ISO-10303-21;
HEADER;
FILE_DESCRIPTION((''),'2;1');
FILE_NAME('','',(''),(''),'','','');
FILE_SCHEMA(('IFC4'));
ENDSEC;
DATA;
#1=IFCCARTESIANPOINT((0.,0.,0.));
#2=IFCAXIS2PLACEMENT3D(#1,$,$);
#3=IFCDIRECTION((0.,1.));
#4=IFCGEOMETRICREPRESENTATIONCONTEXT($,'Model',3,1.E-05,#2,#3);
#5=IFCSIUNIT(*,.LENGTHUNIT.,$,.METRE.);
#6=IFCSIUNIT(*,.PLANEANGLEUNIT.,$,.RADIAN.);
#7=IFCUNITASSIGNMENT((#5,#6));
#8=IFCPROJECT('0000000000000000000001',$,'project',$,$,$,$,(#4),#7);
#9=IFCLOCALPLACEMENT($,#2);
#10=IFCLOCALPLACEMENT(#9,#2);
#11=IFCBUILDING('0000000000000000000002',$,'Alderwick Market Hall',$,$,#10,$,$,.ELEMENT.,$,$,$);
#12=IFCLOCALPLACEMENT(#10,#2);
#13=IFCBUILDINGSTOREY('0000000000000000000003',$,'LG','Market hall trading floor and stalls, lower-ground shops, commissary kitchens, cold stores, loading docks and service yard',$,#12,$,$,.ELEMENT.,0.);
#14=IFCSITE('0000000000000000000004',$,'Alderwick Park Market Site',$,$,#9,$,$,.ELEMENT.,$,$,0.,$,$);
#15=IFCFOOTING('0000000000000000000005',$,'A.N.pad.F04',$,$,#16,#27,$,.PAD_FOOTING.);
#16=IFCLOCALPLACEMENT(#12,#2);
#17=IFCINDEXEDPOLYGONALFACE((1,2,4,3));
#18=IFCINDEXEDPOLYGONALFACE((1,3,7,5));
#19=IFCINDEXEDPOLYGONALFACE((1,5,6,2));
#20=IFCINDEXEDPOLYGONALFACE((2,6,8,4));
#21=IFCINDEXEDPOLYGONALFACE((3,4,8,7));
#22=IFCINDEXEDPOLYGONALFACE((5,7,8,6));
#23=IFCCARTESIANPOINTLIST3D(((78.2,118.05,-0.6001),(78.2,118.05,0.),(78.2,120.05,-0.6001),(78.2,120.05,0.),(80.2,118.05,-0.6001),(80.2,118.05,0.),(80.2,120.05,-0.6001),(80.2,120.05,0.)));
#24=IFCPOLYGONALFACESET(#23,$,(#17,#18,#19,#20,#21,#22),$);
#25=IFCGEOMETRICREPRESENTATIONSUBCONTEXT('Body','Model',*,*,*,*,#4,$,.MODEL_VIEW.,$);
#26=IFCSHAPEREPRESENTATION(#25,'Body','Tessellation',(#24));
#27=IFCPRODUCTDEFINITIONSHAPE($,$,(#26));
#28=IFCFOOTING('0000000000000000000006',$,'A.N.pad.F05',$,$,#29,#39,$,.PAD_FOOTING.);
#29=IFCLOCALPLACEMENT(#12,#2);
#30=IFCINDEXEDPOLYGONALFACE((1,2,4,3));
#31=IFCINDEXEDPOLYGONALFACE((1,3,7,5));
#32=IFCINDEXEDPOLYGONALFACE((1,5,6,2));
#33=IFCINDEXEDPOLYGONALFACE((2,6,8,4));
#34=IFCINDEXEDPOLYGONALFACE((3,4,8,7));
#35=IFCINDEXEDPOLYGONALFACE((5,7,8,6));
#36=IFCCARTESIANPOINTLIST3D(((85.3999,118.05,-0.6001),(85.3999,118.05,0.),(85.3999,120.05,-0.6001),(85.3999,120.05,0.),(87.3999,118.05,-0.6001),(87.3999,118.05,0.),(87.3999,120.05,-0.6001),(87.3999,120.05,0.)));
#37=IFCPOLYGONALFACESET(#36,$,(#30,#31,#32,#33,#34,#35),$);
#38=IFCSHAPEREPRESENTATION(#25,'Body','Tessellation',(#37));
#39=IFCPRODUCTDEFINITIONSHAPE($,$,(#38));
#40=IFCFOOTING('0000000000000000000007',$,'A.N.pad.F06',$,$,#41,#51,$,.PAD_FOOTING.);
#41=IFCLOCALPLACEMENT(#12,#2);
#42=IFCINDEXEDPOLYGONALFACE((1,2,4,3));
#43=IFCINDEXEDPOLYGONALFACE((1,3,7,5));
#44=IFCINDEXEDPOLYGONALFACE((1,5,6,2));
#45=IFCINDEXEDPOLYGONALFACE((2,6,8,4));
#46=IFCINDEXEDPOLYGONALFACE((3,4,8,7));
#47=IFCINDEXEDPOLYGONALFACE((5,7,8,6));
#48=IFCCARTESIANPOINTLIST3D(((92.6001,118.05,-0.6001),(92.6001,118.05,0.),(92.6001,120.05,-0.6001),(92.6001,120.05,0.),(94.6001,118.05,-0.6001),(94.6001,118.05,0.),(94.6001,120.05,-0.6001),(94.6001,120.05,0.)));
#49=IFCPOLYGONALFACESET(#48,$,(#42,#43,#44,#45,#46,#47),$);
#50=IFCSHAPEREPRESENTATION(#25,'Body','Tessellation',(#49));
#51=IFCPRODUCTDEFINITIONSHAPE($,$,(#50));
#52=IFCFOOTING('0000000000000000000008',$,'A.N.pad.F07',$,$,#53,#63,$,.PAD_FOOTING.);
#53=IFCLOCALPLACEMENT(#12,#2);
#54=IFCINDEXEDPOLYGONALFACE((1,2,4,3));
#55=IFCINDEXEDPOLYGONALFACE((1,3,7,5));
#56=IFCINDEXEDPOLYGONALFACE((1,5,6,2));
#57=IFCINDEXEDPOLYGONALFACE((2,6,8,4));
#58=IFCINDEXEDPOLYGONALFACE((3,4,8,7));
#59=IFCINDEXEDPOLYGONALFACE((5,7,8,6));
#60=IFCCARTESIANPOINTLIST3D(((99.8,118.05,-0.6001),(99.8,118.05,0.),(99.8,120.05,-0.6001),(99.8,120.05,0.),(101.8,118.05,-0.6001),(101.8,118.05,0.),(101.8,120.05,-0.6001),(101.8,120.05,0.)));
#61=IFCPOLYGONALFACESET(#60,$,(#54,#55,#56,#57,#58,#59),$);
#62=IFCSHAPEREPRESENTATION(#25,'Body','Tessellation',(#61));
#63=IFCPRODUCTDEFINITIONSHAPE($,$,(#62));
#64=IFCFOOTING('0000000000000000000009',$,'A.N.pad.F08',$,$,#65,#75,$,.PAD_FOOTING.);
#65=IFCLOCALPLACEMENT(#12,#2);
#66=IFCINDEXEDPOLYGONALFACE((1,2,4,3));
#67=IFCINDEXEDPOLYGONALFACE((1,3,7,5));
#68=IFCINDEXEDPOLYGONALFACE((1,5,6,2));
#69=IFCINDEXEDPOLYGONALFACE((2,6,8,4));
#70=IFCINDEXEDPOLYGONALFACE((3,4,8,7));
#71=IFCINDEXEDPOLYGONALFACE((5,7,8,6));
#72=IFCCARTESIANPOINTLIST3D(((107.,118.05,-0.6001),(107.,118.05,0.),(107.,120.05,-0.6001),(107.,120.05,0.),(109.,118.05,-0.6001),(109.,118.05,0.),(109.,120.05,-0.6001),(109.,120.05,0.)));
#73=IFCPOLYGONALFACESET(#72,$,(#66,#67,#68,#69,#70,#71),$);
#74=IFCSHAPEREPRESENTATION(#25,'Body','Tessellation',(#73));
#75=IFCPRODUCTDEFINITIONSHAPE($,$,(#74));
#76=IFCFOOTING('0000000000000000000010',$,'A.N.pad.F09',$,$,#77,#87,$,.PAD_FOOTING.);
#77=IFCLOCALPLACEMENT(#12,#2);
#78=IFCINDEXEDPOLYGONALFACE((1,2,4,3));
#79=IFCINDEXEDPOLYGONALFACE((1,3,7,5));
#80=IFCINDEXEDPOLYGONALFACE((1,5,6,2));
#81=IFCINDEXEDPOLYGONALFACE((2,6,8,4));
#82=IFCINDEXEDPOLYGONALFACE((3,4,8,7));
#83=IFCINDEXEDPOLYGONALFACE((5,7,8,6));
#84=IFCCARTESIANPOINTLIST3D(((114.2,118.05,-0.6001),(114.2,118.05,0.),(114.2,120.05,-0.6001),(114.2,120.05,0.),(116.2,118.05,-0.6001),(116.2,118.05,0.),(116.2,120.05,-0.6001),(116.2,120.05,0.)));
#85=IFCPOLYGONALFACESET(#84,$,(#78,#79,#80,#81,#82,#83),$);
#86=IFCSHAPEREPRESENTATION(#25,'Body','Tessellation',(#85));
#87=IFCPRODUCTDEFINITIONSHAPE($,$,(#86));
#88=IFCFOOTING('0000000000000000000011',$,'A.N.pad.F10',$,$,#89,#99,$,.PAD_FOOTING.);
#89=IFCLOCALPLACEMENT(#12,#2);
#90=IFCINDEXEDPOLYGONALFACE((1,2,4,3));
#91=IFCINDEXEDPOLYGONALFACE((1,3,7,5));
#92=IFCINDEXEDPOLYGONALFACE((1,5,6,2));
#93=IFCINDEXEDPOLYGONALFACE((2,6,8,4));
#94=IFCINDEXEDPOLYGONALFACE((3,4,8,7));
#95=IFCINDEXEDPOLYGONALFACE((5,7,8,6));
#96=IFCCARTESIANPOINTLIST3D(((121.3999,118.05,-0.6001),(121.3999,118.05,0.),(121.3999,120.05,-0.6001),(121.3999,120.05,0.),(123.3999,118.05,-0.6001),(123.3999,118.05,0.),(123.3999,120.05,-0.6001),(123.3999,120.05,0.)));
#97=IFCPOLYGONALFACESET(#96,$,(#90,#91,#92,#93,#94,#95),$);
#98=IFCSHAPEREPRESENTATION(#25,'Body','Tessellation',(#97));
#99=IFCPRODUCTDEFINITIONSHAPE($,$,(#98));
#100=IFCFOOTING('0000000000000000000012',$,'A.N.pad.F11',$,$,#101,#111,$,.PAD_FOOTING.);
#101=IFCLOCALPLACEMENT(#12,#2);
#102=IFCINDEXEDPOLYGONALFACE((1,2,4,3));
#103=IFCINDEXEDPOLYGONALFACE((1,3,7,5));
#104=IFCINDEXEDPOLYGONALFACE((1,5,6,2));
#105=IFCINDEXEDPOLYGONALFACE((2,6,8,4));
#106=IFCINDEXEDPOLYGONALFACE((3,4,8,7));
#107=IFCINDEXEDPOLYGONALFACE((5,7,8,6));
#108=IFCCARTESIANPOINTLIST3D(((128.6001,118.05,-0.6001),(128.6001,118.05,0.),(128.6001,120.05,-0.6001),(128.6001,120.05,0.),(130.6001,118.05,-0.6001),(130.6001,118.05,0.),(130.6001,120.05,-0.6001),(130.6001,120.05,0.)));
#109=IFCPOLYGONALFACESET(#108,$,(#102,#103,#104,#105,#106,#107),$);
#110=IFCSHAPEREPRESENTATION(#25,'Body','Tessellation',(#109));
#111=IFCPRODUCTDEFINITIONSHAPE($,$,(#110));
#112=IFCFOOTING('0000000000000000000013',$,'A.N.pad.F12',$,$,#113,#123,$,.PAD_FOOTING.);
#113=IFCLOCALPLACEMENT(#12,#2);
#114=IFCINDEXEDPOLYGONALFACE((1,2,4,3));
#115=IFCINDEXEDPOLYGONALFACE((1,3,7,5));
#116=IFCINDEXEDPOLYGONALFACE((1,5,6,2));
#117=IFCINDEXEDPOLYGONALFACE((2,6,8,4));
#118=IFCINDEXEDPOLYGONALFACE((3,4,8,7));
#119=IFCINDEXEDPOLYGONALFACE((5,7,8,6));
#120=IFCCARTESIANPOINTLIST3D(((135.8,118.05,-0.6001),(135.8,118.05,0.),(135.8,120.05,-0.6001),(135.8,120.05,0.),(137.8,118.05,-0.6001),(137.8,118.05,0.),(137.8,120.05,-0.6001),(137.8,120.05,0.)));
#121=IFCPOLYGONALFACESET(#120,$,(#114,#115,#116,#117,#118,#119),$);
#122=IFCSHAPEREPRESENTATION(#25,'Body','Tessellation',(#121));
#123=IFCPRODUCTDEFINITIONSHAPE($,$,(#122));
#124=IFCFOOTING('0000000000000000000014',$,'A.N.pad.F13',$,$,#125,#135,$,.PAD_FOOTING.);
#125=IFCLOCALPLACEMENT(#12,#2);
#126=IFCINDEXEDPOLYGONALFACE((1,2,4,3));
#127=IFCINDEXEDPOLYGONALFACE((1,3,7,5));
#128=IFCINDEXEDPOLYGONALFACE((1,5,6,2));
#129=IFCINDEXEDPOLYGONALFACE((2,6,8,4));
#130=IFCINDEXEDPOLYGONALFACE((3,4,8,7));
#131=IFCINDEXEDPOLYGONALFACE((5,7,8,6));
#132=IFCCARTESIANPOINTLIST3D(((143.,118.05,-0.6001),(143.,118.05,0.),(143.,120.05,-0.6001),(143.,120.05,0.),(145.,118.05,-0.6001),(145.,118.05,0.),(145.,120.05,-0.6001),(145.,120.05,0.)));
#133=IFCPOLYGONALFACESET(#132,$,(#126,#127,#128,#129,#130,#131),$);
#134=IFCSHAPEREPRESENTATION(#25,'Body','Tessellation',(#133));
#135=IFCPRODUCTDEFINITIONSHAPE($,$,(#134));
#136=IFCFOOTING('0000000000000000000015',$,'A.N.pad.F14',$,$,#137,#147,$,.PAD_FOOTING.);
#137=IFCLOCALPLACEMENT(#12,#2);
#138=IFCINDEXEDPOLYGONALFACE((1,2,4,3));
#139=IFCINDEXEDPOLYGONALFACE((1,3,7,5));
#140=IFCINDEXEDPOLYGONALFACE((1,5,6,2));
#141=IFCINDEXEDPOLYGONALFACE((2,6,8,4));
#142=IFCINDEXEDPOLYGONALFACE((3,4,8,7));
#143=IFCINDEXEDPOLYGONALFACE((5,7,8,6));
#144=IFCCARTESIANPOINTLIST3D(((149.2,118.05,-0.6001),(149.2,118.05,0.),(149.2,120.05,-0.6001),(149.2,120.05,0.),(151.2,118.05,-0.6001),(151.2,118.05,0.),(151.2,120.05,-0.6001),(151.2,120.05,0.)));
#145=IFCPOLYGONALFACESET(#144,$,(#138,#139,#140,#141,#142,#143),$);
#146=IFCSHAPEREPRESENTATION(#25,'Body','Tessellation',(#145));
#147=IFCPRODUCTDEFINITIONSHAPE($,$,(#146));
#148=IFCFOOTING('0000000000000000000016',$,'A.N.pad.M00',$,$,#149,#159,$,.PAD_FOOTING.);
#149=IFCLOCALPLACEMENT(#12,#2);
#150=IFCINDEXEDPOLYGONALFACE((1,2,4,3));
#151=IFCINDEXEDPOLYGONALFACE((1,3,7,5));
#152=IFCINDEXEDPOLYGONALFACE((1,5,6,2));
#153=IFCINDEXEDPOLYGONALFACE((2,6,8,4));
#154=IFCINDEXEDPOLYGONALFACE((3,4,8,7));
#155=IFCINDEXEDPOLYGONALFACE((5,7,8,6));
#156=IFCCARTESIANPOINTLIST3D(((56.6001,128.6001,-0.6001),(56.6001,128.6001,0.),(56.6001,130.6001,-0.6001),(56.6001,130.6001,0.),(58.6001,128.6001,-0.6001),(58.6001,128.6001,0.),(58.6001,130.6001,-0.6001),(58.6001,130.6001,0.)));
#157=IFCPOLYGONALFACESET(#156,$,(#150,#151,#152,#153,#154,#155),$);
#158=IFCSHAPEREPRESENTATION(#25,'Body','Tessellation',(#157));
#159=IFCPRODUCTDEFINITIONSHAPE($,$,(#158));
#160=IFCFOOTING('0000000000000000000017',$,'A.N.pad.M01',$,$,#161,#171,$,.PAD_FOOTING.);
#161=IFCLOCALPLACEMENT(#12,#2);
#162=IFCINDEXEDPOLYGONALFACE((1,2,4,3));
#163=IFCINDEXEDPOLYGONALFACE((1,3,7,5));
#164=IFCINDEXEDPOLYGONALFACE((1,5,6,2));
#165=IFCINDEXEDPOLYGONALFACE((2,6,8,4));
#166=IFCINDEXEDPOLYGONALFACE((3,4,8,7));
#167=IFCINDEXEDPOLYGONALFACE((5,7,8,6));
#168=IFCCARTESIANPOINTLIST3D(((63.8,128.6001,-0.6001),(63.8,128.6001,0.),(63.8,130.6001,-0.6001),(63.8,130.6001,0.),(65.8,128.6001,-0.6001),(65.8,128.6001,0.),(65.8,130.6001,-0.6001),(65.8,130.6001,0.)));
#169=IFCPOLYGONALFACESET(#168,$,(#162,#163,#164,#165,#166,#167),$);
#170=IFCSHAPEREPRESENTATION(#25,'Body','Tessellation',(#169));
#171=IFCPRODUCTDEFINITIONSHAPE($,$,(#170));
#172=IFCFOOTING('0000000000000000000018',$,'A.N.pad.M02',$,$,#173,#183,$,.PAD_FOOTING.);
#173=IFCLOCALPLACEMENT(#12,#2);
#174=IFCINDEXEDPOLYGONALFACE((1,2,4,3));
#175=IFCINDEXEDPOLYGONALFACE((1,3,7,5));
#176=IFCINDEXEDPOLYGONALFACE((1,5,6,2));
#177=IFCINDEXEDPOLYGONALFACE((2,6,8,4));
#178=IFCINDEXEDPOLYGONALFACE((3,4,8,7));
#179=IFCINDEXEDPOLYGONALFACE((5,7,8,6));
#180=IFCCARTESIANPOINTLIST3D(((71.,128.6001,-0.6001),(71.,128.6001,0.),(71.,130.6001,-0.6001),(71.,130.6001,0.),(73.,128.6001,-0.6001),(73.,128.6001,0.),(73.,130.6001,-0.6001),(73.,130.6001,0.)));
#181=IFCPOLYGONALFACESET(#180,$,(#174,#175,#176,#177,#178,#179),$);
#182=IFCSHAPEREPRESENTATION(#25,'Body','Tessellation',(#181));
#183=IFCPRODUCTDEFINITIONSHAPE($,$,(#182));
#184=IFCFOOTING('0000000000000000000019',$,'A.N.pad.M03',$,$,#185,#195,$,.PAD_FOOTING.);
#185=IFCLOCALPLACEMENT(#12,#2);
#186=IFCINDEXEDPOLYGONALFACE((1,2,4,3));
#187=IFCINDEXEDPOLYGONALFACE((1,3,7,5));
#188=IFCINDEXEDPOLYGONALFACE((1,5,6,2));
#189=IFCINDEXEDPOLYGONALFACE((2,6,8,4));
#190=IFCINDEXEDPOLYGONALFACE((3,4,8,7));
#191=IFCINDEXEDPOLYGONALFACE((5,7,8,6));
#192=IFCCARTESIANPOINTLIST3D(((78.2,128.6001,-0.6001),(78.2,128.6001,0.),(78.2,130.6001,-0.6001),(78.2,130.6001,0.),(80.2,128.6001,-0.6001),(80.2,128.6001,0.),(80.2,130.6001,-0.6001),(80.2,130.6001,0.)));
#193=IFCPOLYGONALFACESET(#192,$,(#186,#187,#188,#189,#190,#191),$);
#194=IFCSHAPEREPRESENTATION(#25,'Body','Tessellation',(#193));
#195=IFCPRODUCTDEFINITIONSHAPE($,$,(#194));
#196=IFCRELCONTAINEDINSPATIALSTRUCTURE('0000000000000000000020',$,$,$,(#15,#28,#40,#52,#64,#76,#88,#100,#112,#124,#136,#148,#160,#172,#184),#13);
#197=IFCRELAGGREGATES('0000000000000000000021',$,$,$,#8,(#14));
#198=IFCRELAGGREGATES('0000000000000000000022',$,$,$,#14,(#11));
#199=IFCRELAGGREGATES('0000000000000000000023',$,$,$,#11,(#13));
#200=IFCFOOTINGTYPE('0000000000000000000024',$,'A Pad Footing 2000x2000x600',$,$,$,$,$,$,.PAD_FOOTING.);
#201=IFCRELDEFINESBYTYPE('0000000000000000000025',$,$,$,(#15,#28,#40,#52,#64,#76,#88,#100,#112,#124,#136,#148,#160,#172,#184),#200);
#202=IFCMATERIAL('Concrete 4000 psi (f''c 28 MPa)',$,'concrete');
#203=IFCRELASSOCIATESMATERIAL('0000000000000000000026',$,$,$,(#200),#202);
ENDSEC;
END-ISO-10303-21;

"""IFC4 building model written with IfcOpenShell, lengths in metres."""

from ifc_helpers import new_model, si_unit, direction, frame, origin, place, context, subcontext, project, spatial, polyline, outline, extrude, material, type_object, element, save


model = new_model("IFC4")

# Units and contexts
model_context = context("Model", 3, precision=1e-05, world=origin(), true_north=direction((0.0, 1.0)))
body_context = subcontext(model_context, "Body", "Model", "MODEL_VIEW")
ifc_project = project(units=[si_unit("LENGTHUNIT", "METRE"), si_unit("PLANEANGLEUNIT", "RADIAN")], contexts=[model_context])

# Site, building, storey
site_placement = place(None, origin())
site = spatial("IfcSite", under=ifc_project, at=site_placement, Name="Alderwick Park Market Site", CompositionType="ELEMENT", RefElevation=0.0)
building_placement = place(site_placement, origin())
building = spatial("IfcBuilding", under=site, at=building_placement, Name="Alderwick Market Hall", CompositionType="ELEMENT")
storey_placement = place(building_placement, origin())
storey = spatial("IfcBuildingStorey", under=building, at=storey_placement, Name="LG", Description="Market hall trading floor and stalls, lower-ground shops, commissary kitchens, cold stores, loading docks and service yard", CompositionType="ELEMENT", Elevation=0.0)

# Footings
ifc_material = material(Name="Concrete 4000 psi (f'c 28 MPa)", Category="concrete")
footing_type = type_object("IfcFootingType", Name="A Pad Footing 2000x2000x600", PredefinedType="PAD_FOOTING", material=ifc_material)
footing_1_placement = place(storey_placement, frame((0.0, 0.0, -0.6001)))
element("IfcFooting", 1, at=footing_1_placement, inside=storey, type_object=footing_type, Name="A.N.pad.F04", PredefinedType="PAD_FOOTING", context=body_context, shape_type="SweptSolid", body=[
    extrude(outline(polyline([(78.2, 118.05), (80.2, 118.05), (80.2, 120.05), (78.2, 120.05), (78.2, 118.05)])), origin(), (0.0, 0.0, 1.0), 0.6001),
])
footing_2_placement = place(storey_placement, frame((0.0, 0.0, -0.6001)))
element("IfcFooting", 2, at=footing_2_placement, inside=storey, type_object=footing_type, Name="A.N.pad.F05", PredefinedType="PAD_FOOTING", context=body_context, shape_type="SweptSolid", body=[
    extrude(outline(polyline([(85.3999, 118.05), (87.3999, 118.05), (87.3999, 120.05), (85.3999, 120.05), (85.3999, 118.05)])), origin(), (0.0, 0.0, 1.0), 0.6001),
])
footing_3_placement = place(storey_placement, frame((0.0, 0.0, -0.6001)))
element("IfcFooting", 3, at=footing_3_placement, inside=storey, type_object=footing_type, Name="A.N.pad.F06", PredefinedType="PAD_FOOTING", context=body_context, shape_type="SweptSolid", body=[
    extrude(outline(polyline([(92.6001, 118.05), (94.6001, 118.05), (94.6001, 120.05), (92.6001, 120.05), (92.6001, 118.05)])), origin(), (0.0, 0.0, 1.0), 0.6001),
])
footing_4_placement = place(storey_placement, frame((0.0, 0.0, -0.6001)))
element("IfcFooting", 4, at=footing_4_placement, inside=storey, type_object=footing_type, Name="A.N.pad.F07", PredefinedType="PAD_FOOTING", context=body_context, shape_type="SweptSolid", body=[
    extrude(outline(polyline([(99.8, 118.05), (101.8, 118.05), (101.8, 120.05), (99.8, 120.05), (99.8, 118.05)])), origin(), (0.0, 0.0, 1.0), 0.6001),
])
footing_5_placement = place(storey_placement, frame((0.0, 0.0, -0.6001)))
element("IfcFooting", 5, at=footing_5_placement, inside=storey, type_object=footing_type, Name="A.N.pad.F08", PredefinedType="PAD_FOOTING", context=body_context, shape_type="SweptSolid", body=[
    extrude(outline(polyline([(107.0, 118.05), (109.0, 118.05), (109.0, 120.05), (107.0, 120.05), (107.0, 118.05)])), origin(), (0.0, 0.0, 1.0), 0.6001),
])
footing_6_placement = place(storey_placement, frame((0.0, 0.0, -0.6001)))
element("IfcFooting", 6, at=footing_6_placement, inside=storey, type_object=footing_type, Name="A.N.pad.F09", PredefinedType="PAD_FOOTING", context=body_context, shape_type="SweptSolid", body=[
    extrude(outline(polyline([(114.2, 118.05), (116.2, 118.05), (116.2, 120.05), (114.2, 120.05), (114.2, 118.05)])), origin(), (0.0, 0.0, 1.0), 0.6001),
])
footing_7_placement = place(storey_placement, frame((0.0, 0.0, -0.6001)))
element("IfcFooting", 7, at=footing_7_placement, inside=storey, type_object=footing_type, Name="A.N.pad.F10", PredefinedType="PAD_FOOTING", context=body_context, shape_type="SweptSolid", body=[
    extrude(outline(polyline([(121.3999, 118.05), (123.3999, 118.05), (123.3999, 120.05), (121.3999, 120.05), (121.3999, 118.05)])), origin(), (0.0, 0.0, 1.0), 0.6001),
])
footing_8_placement = place(storey_placement, frame((0.0, 0.0, -0.6001)))
element("IfcFooting", 8, at=footing_8_placement, inside=storey, type_object=footing_type, Name="A.N.pad.F11", PredefinedType="PAD_FOOTING", context=body_context, shape_type="SweptSolid", body=[
    extrude(outline(polyline([(128.6001, 118.05), (130.6001, 118.05), (130.6001, 120.05), (128.6001, 120.05), (128.6001, 118.05)])), origin(), (0.0, 0.0, 1.0), 0.6001),
])
footing_9_placement = place(storey_placement, frame((0.0, 0.0, -0.6001)))
element("IfcFooting", 9, at=footing_9_placement, inside=storey, type_object=footing_type, Name="A.N.pad.F12", PredefinedType="PAD_FOOTING", context=body_context, shape_type="SweptSolid", body=[
    extrude(outline(polyline([(135.8, 118.05), (137.8, 118.05), (137.8, 120.05), (135.8, 120.05), (135.8, 118.05)])), origin(), (0.0, 0.0, 1.0), 0.6001),
])
footing_10_placement = place(storey_placement, frame((0.0, 0.0, -0.6001)))
element("IfcFooting", 10, at=footing_10_placement, inside=storey, type_object=footing_type, Name="A.N.pad.F13", PredefinedType="PAD_FOOTING", context=body_context, shape_type="SweptSolid", body=[
    extrude(outline(polyline([(143.0, 118.05), (145.0, 118.05), (145.0, 120.05), (143.0, 120.05), (143.0, 118.05)])), origin(), (0.0, 0.0, 1.0), 0.6001),
])
footing_11_placement = place(storey_placement, frame((0.0, 0.0, -0.6001)))
element("IfcFooting", 11, at=footing_11_placement, inside=storey, type_object=footing_type, Name="A.N.pad.F14", PredefinedType="PAD_FOOTING", context=body_context, shape_type="SweptSolid", body=[
    extrude(outline(polyline([(149.2, 118.05), (151.2, 118.05), (151.2, 120.05), (149.2, 120.05), (149.2, 118.05)])), origin(), (0.0, 0.0, 1.0), 0.6001),
])
footing_12_placement = place(storey_placement, frame((0.0, 0.0, -0.6001)))
element("IfcFooting", 12, at=footing_12_placement, inside=storey, type_object=footing_type, Name="A.N.pad.M00", PredefinedType="PAD_FOOTING", context=body_context, shape_type="SweptSolid", body=[
    extrude(outline(polyline([(56.6001, 128.6001), (58.6001, 128.6001), (58.6001, 130.6001), (56.6001, 130.6001), (56.6001, 128.6001)])), origin(), (0.0, 0.0, 1.0), 0.6001),
])
footing_13_placement = place(storey_placement, frame((0.0, 0.0, -0.6001)))
element("IfcFooting", 13, at=footing_13_placement, inside=storey, type_object=footing_type, Name="A.N.pad.M01", PredefinedType="PAD_FOOTING", context=body_context, shape_type="SweptSolid", body=[
    extrude(outline(polyline([(63.8, 128.6001), (65.8, 128.6001), (65.8, 130.6001), (63.8, 130.6001), (63.8, 128.6001)])), origin(), (0.0, 0.0, 1.0), 0.6001),
])
footing_14_placement = place(storey_placement, frame((0.0, 0.0, -0.6001)))
element("IfcFooting", 14, at=footing_14_placement, inside=storey, type_object=footing_type, Name="A.N.pad.M02", PredefinedType="PAD_FOOTING", context=body_context, shape_type="SweptSolid", body=[
    extrude(outline(polyline([(71.0, 128.6001), (73.0, 128.6001), (73.0, 130.6001), (71.0, 130.6001), (71.0, 128.6001)])), origin(), (0.0, 0.0, 1.0), 0.6001),
])
footing_15_placement = place(storey_placement, frame((0.0, 0.0, -0.6001)))
element("IfcFooting", 15, at=footing_15_placement, inside=storey, type_object=footing_type, Name="A.N.pad.M03", PredefinedType="PAD_FOOTING", context=body_context, shape_type="SweptSolid", body=[
    extrude(outline(polyline([(78.2, 128.6001), (80.2, 128.6001), (80.2, 130.6001), (78.2, 130.6001), (78.2, 128.6001)])), origin(), (0.0, 0.0, 1.0), 0.6001),
])

save(model, "model.ifc")
